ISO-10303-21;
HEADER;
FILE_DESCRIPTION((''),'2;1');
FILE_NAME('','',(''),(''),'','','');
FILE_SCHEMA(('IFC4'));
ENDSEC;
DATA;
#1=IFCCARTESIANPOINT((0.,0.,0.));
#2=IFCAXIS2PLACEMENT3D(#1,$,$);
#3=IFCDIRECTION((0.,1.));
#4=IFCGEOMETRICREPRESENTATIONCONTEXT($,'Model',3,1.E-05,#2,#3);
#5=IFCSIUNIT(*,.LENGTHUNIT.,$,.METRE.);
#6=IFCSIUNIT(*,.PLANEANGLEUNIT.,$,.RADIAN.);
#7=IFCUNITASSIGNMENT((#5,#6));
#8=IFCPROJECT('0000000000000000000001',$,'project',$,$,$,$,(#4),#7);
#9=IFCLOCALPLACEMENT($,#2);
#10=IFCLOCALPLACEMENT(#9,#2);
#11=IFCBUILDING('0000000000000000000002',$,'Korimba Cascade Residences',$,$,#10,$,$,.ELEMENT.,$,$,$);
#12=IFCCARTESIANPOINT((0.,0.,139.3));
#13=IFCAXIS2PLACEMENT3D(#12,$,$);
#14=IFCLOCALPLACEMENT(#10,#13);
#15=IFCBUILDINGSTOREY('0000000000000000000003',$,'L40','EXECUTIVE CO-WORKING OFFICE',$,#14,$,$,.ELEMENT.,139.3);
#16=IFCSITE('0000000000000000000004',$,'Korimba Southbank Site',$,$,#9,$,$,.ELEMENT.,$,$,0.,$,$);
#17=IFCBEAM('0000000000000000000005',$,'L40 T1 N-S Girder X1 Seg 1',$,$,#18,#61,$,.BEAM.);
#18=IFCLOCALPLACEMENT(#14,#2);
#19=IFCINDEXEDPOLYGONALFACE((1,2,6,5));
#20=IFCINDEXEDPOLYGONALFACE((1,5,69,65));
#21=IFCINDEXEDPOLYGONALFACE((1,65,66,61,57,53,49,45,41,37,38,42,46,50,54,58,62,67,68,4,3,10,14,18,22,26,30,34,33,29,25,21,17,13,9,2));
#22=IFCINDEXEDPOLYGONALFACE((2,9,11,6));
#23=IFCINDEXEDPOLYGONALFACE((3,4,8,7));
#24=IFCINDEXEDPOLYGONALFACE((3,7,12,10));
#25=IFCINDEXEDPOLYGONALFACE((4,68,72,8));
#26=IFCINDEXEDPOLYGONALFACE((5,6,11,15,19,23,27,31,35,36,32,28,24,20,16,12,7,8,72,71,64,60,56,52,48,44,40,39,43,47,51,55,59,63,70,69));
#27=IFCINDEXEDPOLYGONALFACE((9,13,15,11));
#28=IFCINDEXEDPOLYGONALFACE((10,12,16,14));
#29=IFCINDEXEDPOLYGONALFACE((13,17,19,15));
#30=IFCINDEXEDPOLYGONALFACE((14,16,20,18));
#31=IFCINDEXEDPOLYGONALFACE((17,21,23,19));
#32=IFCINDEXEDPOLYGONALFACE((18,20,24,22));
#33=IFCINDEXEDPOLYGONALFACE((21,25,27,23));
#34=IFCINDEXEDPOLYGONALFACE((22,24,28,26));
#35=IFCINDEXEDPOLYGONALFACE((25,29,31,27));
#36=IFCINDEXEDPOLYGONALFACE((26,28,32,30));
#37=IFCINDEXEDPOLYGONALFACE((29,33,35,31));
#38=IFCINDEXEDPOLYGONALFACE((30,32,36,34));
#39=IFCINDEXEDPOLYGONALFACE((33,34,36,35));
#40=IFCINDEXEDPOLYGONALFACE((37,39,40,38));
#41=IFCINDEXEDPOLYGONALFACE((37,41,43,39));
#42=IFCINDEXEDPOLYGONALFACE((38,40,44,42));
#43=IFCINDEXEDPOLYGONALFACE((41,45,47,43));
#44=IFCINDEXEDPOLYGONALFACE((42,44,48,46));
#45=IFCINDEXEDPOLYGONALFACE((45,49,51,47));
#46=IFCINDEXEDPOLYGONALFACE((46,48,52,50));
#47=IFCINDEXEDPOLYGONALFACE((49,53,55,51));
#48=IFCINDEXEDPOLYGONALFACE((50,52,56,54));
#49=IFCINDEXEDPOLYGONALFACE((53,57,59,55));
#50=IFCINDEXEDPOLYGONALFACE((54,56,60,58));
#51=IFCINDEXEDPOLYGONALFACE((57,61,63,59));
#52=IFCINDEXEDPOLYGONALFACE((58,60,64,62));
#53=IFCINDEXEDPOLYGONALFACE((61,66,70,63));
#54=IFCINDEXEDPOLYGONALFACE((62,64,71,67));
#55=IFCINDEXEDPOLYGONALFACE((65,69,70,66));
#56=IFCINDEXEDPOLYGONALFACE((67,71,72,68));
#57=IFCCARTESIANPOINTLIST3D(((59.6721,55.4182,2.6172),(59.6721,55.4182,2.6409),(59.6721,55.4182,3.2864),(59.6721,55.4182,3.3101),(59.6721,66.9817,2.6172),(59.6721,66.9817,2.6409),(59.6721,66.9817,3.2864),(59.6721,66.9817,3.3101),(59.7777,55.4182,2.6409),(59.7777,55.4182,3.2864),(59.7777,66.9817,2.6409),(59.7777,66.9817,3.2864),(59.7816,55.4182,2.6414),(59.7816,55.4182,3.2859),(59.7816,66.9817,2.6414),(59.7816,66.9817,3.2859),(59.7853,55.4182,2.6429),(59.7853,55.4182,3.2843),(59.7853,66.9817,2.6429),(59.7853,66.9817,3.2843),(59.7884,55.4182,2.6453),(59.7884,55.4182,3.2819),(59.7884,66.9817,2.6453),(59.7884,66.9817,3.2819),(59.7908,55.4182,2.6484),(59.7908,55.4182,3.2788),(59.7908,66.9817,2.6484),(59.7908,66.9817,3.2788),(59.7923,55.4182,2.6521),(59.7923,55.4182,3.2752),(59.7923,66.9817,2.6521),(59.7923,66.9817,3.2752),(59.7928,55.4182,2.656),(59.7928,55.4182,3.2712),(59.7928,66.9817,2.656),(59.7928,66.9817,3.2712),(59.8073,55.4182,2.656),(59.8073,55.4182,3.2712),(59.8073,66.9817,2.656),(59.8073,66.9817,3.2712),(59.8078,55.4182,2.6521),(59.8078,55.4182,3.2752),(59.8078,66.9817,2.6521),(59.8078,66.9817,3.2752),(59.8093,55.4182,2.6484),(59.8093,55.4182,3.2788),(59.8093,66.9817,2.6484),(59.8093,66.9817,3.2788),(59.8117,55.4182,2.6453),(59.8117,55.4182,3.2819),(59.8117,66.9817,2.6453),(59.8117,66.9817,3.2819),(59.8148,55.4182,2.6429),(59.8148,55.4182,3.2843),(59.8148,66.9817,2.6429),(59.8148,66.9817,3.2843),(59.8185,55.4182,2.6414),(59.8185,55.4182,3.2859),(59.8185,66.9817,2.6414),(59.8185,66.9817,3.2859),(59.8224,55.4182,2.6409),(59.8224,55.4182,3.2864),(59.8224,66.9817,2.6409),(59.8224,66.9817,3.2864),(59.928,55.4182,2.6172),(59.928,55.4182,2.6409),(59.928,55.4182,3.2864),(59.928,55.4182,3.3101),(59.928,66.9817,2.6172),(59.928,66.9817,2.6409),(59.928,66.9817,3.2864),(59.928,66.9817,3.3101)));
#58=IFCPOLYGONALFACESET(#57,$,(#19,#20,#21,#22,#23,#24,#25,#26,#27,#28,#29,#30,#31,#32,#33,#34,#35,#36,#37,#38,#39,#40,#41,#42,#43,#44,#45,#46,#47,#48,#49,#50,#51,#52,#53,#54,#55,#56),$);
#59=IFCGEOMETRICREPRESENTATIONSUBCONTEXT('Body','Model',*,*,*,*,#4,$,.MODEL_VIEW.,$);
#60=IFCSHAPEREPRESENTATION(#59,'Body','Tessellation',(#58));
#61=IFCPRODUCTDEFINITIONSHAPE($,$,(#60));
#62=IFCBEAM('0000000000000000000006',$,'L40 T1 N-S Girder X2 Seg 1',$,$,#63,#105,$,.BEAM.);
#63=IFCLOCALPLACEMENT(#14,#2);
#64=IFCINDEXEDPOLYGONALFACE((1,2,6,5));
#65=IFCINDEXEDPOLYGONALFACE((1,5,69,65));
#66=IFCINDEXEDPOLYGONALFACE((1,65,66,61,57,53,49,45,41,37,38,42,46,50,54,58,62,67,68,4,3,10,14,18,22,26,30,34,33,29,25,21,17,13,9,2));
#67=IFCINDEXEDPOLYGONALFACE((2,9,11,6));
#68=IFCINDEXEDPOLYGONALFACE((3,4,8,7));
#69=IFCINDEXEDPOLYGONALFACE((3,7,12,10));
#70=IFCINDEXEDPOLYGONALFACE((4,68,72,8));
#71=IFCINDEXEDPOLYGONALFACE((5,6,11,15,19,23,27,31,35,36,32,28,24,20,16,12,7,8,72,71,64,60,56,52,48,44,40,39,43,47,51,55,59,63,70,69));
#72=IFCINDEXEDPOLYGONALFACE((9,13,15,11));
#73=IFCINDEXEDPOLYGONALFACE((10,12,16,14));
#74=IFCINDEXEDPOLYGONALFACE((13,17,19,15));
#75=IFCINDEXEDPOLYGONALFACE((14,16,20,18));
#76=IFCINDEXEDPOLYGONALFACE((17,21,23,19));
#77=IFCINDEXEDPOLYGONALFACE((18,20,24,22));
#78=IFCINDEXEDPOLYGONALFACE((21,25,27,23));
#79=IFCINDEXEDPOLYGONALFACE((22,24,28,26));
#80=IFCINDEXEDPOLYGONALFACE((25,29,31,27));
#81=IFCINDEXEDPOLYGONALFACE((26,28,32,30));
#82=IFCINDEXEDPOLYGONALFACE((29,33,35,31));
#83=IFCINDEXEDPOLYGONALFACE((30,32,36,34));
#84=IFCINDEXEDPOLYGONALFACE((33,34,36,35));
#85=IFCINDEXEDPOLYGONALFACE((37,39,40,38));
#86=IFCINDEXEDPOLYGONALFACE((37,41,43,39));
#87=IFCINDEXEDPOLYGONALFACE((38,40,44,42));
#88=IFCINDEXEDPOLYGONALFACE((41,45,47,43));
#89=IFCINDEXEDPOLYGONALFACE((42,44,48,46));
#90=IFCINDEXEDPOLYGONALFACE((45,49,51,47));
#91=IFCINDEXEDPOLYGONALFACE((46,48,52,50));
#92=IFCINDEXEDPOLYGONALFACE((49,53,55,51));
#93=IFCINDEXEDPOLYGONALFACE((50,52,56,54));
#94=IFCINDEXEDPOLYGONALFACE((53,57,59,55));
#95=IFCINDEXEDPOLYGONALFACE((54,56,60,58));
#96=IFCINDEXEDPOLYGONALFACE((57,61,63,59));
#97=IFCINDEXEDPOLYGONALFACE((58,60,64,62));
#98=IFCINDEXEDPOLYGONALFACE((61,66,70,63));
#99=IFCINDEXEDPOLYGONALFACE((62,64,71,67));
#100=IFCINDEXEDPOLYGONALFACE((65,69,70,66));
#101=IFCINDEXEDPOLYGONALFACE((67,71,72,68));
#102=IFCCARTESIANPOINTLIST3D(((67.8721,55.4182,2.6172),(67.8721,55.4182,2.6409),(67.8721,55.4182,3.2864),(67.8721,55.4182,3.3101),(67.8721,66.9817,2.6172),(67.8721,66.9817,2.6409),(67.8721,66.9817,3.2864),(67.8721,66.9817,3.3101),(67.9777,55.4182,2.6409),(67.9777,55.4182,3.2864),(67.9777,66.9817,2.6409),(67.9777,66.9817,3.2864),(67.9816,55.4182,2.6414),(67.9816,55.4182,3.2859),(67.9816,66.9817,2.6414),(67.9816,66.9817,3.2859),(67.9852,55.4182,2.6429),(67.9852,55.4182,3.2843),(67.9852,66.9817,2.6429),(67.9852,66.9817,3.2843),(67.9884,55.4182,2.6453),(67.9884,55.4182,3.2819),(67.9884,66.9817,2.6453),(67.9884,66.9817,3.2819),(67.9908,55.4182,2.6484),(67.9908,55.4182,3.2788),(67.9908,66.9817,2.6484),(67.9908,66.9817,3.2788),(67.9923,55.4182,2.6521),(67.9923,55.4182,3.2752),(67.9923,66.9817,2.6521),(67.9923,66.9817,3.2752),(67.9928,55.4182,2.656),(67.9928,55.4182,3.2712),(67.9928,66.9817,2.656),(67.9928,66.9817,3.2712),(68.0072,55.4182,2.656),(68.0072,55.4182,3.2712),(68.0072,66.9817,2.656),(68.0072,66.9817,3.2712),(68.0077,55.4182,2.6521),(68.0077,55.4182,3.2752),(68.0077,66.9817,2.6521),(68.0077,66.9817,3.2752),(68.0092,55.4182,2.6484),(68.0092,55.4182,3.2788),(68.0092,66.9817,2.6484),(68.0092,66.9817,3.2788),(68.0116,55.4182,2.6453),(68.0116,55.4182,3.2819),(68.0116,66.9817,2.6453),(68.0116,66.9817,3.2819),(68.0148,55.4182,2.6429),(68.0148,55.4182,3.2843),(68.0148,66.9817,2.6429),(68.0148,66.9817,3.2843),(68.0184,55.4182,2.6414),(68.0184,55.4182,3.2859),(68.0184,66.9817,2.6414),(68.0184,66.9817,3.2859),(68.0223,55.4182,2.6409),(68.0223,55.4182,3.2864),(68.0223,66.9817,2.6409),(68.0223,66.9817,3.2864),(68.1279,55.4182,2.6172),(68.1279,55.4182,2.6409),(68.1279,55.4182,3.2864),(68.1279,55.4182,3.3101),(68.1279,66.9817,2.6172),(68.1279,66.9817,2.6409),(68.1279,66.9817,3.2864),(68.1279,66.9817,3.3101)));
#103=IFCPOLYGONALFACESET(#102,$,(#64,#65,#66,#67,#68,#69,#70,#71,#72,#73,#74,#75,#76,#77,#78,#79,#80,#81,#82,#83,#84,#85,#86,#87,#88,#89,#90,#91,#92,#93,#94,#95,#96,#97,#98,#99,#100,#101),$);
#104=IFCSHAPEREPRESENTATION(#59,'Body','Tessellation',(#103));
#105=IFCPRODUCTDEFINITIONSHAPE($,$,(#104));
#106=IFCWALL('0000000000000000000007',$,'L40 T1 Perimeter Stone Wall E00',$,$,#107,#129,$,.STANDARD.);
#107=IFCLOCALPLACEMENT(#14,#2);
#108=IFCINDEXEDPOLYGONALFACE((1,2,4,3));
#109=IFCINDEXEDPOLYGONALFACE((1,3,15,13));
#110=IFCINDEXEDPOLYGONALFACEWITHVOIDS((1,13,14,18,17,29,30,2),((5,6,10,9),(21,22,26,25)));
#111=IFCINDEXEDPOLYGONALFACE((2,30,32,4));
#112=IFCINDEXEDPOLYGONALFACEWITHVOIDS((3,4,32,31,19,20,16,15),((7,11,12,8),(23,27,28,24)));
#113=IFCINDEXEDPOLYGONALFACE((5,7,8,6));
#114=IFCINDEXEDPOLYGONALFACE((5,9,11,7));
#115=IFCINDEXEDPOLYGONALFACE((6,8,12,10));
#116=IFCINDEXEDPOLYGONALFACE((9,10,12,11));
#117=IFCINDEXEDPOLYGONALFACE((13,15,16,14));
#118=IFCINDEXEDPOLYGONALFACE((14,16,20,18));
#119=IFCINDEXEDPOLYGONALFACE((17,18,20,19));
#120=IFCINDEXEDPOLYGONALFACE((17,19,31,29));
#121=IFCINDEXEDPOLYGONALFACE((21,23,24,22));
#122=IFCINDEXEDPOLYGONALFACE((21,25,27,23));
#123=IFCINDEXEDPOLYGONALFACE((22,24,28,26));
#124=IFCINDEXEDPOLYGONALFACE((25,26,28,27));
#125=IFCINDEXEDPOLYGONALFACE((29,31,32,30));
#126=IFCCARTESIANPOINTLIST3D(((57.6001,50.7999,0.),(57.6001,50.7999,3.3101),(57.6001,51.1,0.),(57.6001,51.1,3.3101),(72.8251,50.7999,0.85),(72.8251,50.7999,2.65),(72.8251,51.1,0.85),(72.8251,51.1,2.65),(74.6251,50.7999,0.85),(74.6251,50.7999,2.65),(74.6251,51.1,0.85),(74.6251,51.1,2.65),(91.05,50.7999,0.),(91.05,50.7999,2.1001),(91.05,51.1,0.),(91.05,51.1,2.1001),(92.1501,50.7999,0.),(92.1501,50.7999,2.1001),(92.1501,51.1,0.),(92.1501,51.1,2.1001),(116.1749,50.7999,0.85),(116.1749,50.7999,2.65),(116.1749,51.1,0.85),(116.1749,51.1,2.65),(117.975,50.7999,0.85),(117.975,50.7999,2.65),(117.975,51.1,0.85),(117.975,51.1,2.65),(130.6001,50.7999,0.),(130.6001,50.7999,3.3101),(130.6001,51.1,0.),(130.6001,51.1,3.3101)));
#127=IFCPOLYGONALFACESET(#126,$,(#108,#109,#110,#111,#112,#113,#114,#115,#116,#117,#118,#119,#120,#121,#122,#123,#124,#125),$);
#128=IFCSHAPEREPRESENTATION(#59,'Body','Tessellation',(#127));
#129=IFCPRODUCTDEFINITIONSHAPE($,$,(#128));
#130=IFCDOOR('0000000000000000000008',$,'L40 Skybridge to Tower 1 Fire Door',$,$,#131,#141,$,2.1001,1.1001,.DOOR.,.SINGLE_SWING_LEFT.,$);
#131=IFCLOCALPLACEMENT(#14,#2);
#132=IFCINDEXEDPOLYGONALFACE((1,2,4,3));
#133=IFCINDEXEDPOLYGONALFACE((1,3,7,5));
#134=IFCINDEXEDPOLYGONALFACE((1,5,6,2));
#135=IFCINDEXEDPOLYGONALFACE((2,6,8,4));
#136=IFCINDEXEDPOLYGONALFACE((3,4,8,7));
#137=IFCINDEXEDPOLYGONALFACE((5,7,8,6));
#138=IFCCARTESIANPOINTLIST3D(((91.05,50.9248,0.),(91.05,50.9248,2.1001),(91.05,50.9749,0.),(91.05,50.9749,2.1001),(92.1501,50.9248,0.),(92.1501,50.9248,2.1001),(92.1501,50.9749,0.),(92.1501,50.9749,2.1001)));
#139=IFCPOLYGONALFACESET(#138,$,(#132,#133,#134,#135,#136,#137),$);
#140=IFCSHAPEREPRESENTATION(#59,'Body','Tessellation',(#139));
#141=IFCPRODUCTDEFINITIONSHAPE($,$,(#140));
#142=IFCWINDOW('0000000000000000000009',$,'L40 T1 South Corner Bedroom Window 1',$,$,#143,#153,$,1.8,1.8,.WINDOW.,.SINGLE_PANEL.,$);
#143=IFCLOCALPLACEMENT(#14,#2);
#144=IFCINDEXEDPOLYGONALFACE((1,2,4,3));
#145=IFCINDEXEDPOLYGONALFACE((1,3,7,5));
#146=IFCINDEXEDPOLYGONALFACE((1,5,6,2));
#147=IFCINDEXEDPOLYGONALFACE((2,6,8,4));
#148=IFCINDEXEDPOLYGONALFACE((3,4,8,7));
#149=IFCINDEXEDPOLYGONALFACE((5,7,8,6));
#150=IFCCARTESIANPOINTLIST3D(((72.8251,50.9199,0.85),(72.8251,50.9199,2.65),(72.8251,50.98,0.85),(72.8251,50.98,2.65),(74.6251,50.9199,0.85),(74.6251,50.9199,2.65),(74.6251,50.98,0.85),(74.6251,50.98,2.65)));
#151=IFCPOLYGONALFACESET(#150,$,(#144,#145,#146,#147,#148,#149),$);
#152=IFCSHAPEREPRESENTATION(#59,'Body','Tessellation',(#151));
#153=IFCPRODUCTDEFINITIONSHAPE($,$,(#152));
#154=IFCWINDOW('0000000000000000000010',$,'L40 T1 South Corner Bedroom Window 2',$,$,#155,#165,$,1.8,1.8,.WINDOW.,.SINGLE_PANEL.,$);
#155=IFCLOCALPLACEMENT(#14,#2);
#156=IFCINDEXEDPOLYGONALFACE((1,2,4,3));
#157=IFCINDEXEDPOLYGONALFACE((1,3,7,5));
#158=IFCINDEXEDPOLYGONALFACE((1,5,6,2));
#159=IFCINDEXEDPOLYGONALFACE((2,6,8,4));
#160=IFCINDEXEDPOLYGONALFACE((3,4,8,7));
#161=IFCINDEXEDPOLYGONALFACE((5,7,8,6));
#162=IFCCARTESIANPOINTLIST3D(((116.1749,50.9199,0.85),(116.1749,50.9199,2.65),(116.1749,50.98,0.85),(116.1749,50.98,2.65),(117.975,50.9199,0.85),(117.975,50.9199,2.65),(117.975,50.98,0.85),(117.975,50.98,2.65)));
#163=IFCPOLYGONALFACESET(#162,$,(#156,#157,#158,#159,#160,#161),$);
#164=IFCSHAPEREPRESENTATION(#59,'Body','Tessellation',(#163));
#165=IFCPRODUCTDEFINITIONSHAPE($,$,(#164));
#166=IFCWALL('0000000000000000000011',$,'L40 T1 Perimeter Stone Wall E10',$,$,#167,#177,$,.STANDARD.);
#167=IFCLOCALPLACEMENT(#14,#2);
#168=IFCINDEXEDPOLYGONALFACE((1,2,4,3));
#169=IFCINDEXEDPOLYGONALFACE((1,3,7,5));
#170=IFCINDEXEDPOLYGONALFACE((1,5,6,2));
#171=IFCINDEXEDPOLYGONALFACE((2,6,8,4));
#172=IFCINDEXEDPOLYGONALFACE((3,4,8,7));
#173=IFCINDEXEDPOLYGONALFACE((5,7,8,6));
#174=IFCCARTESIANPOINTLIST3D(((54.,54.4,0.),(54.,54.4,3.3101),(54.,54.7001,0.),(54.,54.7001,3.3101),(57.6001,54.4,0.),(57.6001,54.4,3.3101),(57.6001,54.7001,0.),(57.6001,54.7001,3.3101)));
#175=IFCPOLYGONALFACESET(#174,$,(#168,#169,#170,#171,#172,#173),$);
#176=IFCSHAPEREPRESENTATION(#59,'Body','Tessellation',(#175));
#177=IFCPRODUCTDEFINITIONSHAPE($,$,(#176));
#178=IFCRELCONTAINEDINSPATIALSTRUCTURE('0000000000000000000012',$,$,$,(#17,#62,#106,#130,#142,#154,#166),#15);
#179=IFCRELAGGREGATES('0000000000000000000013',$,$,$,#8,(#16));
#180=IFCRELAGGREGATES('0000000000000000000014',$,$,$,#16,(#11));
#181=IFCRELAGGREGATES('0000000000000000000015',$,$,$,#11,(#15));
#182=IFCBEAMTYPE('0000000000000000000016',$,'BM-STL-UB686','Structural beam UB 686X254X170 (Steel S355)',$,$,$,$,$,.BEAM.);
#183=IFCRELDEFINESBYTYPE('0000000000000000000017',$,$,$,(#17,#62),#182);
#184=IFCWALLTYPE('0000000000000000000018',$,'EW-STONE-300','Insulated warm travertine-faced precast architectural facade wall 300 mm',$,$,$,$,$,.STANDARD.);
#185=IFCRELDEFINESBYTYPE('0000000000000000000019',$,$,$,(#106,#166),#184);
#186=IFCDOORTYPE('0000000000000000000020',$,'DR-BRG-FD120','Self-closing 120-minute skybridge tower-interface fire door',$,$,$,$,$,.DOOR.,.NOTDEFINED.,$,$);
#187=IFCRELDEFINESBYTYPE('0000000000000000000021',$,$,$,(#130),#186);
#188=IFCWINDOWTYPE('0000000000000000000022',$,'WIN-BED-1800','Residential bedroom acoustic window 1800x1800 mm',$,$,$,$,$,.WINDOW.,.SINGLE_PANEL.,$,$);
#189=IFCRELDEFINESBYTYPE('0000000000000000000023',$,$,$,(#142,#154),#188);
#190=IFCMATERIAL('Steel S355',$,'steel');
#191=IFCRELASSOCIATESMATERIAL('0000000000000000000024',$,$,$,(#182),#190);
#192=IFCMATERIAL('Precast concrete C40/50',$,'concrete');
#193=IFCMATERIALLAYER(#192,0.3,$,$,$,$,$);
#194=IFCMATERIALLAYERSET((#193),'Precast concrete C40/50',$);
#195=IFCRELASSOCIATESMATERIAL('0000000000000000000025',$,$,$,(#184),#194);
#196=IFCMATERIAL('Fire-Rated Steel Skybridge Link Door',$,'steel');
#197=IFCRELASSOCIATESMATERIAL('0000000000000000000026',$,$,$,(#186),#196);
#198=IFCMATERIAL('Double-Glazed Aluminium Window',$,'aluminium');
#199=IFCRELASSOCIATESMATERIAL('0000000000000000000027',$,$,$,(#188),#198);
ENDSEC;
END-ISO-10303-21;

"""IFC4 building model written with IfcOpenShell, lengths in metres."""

from ifc_helpers import new_model, si_unit, direction, frame, frame_2d, origin, origin_2d, place, context, subcontext, project, spatial, rectangle, i_section, extrude, material, layer, layer_set, material_profile, profile_set, type_object, element, fill, save


model = new_model("IFC4")

# Units and contexts
model_context = context("Model", 3, precision=1e-05, world=origin(), true_north=direction((0.0, 1.0)))
body_context = subcontext(model_context, "Body", "Model", "MODEL_VIEW")
ifc_project = project(units=[si_unit("LENGTHUNIT", "METRE"), si_unit("PLANEANGLEUNIT", "RADIAN")], contexts=[model_context])

# Site, building, storey
site_placement = place(None, origin())
site = spatial("IfcSite", under=ifc_project, at=site_placement, Name="Korimba Southbank Site", CompositionType="ELEMENT", RefElevation=0.0)
building_placement = place(site_placement, origin())
building = spatial("IfcBuilding", under=site, at=building_placement, Name="Korimba Cascade Residences", CompositionType="ELEMENT")
storey_placement = place(building_placement, frame((0.0, 0.0, 139.3)))
storey = spatial("IfcBuildingStorey", under=building, at=storey_placement, Name="L40", Description="EXECUTIVE CO-WORKING OFFICE", CompositionType="ELEMENT", Elevation=139.3)

# Beams
ifc_material_1 = material(Name="Steel S355", Category="steel")
ifc_material_profile_1 = material_profile(ifc_material_1, i_section(OverallWidth=0.2559, OverallDepth=0.6929, WebThickness=0.0144, FlangeThickness=0.0237, FilletRadius=0.0151, at=origin_2d()), Name="Steel S355")
ifc_profile_set_1 = profile_set([ifc_material_profile_1], Name="Steel S355")
beam_type_1 = type_object("IfcBeamType", Name="BM-STL-UB686", Description="Structural beam UB 686X254X170 (Steel S355)", PredefinedType="BEAM", material=ifc_profile_set_1)
for number, where, z_axis, x_axis, name in (
    (1, (59.8, 55.4182, 2.9636), (0.0, 1.0, 0.0), (-1.0, 0.0, 0.0), "L40 T1 N-S Girder X1 Seg 1"),
    (2, (68.0, 55.4182, 2.9636), (0.0, 1.0, 0.0), (-1.0, 0.0, 0.0), "L40 T1 N-S Girder X2 Seg 1"),
):
    element("IfcBeam", number, at=place(storey_placement, frame(where, z_axis=z_axis, x_axis=x_axis)), inside=storey, type_object=beam_type_1, Name=name, PredefinedType="BEAM", context=body_context, shape_type="SweptSolid", body=[
        extrude(i_section(OverallWidth=0.2559, OverallDepth=0.6929, WebThickness=0.0144, FlangeThickness=0.0237, FilletRadius=0.0151, at=origin_2d()), origin(), (0.0, 0.0, 1.0), 11.5635),
    ])

# Wall, openings, door, windows
ifc_material_2 = material(Name="Precast concrete C40/50", Category="concrete")
ifc_layer_1 = layer(ifc_material_2, 0.3)
ifc_layer_set_1 = layer_set([ifc_layer_1], Name="Precast concrete C40/50")
wall_type_1 = type_object("IfcWallType", Name="EW-STONE-300", Description="Insulated warm travertine-faced precast architectural facade wall 300 mm", PredefinedType="STANDARD", material=ifc_layer_set_1)
wall_1_placement = place(storey_placement, frame((57.6001, 50.95, 0.0), z_axis=(0.0, 0.0, 1.0), x_axis=(1.0, 0.0, 0.0)))
wall_1 = element("IfcWall", 3, at=wall_1_placement, inside=storey, type_object=wall_type_1, Name="L40 T1 Perimeter Stone Wall E00", PredefinedType="STANDARD", context=body_context, shape_type="SweptSolid", body=[
    extrude(rectangle(XDim=73.0, YDim=0.3, at=frame_2d((36.5, 0.0))), origin(), (0.0, 0.0, 1.0), 3.3101),
])
opening_1_placement = place(wall_1_placement, frame((15.2251, 0.0, 0.8501)))
opening_1 = element("IfcOpeningElement", 4, at=opening_1_placement, cuts=wall_1, PredefinedType="OPENING", context=body_context, shape_type="SweptSolid", body=[
    extrude(rectangle(XDim=1.8, YDim=1.8, at=frame_2d((0.8999, 0.8999))), frame((0.0, 0.1602, 0.0), z_axis=(0.0, -1.0, 0.0), x_axis=(1.0, 0.0, 0.0)), (0.0, 0.0, 1.0), 0.3201),
])
opening_2_placement = place(wall_1_placement, frame((58.575, 0.0, 0.8501)))
opening_2 = element("IfcOpeningElement", 5, at=opening_2_placement, cuts=wall_1, PredefinedType="OPENING", context=body_context, shape_type="SweptSolid", body=[
    extrude(rectangle(XDim=1.8, YDim=1.8, at=frame_2d((0.8999, 0.8999))), frame((0.0, 0.1602, 0.0), z_axis=(0.0, -1.0, 0.0), x_axis=(1.0, 0.0, 0.0)), (0.0, 0.0, 1.0), 0.3201),
])
opening_3_placement = place(wall_1_placement, frame((33.45, 0.0, 0.0)))
opening_3 = element("IfcOpeningElement", 6, at=opening_3_placement, cuts=wall_1, PredefinedType="OPENING", context=body_context, shape_type="SweptSolid", body=[
    extrude(rectangle(XDim=1.1001, YDim=2.1001, at=frame_2d((0.55, 1.05))), frame((0.0, 0.1602, 0.0), z_axis=(0.0, -1.0, 0.0), x_axis=(1.0, 0.0, 0.0)), (0.0, 0.0, 1.0), 0.3201),
])
ifc_material_3 = material(Name="Fire-Rated Steel Skybridge Link Door", Category="steel")
door_type_1 = type_object("IfcDoorType", Name="DR-BRG-FD120", Description="Self-closing 120-minute skybridge tower-interface fire door", OperationType="NOTDEFINED", PredefinedType="DOOR", material=ifc_material_3)
door_1_placement = place(opening_3_placement, origin())
door_1 = element("IfcDoor", 7, at=door_1_placement, inside=storey, type_object=door_type_1, Name="L40 Skybridge to Tower 1 Fire Door", OperationType="SINGLE_SWING_LEFT", OverallHeight=2.1001, OverallWidth=1.1001, PredefinedType="DOOR", context=body_context, shape_type="SweptSolid", body=[
    extrude(rectangle(XDim=1.1001, YDim=2.1001, at=frame_2d((0.55, 1.05))), frame((0.0, 0.0249, 0.0), z_axis=(0.0, -1.0, 0.0), x_axis=(1.0, 0.0, 0.0)), (0.0, 0.0, 1.0), 0.05),
])
fill(opening_3, door_1)
ifc_material_4 = material(Name="Double-Glazed Aluminium Window", Category="aluminium")
window_type = type_object("IfcWindowType", Name="WIN-BED-1800", Description="Residential bedroom acoustic window 1800x1800 mm", PartitioningType="SINGLE_PANEL", PredefinedType="WINDOW", material=ifc_material_4)
window_1_placement = place(opening_1_placement, origin())
window_1 = element("IfcWindow", 8, at=window_1_placement, inside=storey, type_object=window_type, Name="L40 T1 South Corner Bedroom Window 1", OverallHeight=1.8, OverallWidth=1.8, PartitioningType="SINGLE_PANEL", PredefinedType="WINDOW", context=body_context, shape_type="SweptSolid", body=[
    extrude(rectangle(XDim=1.8, YDim=1.8, at=frame_2d((0.8999, 0.8999))), frame((0.0, 0.03, 0.0), z_axis=(0.0, -1.0, 0.0), x_axis=(1.0, 0.0, 0.0)), (0.0, 0.0, 1.0), 0.0601),
])
fill(opening_1, window_1)
window_2_placement = place(opening_2_placement, origin())
window_2 = element("IfcWindow", 9, at=window_2_placement, inside=storey, type_object=window_type, Name="L40 T1 South Corner Bedroom Window 2", OverallHeight=1.8, OverallWidth=1.8, PartitioningType="SINGLE_PANEL", PredefinedType="WINDOW", context=body_context, shape_type="SweptSolid", body=[
    extrude(rectangle(XDim=1.8, YDim=1.8, at=frame_2d((0.8999, 0.8999))), frame((0.0, 0.03, 0.0), z_axis=(0.0, -1.0, 0.0), x_axis=(1.0, 0.0, 0.0)), (0.0, 0.0, 1.0), 0.0601),
])
fill(opening_2, window_2)

# Wall
wall_2_placement = place(storey_placement, frame((54.0, 54.55, 0.0), z_axis=(0.0, 0.0, 1.0), x_axis=(1.0, 0.0, 0.0)))
element("IfcWall", 10, at=wall_2_placement, inside=storey, type_object=wall_type_1, Name="L40 T1 Perimeter Stone Wall E10", PredefinedType="STANDARD", context=body_context, shape_type="SweptSolid", body=[
    extrude(rectangle(XDim=3.6001, YDim=0.3, at=frame_2d((1.8, 0.0))), origin(), (0.0, 0.0, 1.0), 3.3101),
])

save(model, "model.ifc")
